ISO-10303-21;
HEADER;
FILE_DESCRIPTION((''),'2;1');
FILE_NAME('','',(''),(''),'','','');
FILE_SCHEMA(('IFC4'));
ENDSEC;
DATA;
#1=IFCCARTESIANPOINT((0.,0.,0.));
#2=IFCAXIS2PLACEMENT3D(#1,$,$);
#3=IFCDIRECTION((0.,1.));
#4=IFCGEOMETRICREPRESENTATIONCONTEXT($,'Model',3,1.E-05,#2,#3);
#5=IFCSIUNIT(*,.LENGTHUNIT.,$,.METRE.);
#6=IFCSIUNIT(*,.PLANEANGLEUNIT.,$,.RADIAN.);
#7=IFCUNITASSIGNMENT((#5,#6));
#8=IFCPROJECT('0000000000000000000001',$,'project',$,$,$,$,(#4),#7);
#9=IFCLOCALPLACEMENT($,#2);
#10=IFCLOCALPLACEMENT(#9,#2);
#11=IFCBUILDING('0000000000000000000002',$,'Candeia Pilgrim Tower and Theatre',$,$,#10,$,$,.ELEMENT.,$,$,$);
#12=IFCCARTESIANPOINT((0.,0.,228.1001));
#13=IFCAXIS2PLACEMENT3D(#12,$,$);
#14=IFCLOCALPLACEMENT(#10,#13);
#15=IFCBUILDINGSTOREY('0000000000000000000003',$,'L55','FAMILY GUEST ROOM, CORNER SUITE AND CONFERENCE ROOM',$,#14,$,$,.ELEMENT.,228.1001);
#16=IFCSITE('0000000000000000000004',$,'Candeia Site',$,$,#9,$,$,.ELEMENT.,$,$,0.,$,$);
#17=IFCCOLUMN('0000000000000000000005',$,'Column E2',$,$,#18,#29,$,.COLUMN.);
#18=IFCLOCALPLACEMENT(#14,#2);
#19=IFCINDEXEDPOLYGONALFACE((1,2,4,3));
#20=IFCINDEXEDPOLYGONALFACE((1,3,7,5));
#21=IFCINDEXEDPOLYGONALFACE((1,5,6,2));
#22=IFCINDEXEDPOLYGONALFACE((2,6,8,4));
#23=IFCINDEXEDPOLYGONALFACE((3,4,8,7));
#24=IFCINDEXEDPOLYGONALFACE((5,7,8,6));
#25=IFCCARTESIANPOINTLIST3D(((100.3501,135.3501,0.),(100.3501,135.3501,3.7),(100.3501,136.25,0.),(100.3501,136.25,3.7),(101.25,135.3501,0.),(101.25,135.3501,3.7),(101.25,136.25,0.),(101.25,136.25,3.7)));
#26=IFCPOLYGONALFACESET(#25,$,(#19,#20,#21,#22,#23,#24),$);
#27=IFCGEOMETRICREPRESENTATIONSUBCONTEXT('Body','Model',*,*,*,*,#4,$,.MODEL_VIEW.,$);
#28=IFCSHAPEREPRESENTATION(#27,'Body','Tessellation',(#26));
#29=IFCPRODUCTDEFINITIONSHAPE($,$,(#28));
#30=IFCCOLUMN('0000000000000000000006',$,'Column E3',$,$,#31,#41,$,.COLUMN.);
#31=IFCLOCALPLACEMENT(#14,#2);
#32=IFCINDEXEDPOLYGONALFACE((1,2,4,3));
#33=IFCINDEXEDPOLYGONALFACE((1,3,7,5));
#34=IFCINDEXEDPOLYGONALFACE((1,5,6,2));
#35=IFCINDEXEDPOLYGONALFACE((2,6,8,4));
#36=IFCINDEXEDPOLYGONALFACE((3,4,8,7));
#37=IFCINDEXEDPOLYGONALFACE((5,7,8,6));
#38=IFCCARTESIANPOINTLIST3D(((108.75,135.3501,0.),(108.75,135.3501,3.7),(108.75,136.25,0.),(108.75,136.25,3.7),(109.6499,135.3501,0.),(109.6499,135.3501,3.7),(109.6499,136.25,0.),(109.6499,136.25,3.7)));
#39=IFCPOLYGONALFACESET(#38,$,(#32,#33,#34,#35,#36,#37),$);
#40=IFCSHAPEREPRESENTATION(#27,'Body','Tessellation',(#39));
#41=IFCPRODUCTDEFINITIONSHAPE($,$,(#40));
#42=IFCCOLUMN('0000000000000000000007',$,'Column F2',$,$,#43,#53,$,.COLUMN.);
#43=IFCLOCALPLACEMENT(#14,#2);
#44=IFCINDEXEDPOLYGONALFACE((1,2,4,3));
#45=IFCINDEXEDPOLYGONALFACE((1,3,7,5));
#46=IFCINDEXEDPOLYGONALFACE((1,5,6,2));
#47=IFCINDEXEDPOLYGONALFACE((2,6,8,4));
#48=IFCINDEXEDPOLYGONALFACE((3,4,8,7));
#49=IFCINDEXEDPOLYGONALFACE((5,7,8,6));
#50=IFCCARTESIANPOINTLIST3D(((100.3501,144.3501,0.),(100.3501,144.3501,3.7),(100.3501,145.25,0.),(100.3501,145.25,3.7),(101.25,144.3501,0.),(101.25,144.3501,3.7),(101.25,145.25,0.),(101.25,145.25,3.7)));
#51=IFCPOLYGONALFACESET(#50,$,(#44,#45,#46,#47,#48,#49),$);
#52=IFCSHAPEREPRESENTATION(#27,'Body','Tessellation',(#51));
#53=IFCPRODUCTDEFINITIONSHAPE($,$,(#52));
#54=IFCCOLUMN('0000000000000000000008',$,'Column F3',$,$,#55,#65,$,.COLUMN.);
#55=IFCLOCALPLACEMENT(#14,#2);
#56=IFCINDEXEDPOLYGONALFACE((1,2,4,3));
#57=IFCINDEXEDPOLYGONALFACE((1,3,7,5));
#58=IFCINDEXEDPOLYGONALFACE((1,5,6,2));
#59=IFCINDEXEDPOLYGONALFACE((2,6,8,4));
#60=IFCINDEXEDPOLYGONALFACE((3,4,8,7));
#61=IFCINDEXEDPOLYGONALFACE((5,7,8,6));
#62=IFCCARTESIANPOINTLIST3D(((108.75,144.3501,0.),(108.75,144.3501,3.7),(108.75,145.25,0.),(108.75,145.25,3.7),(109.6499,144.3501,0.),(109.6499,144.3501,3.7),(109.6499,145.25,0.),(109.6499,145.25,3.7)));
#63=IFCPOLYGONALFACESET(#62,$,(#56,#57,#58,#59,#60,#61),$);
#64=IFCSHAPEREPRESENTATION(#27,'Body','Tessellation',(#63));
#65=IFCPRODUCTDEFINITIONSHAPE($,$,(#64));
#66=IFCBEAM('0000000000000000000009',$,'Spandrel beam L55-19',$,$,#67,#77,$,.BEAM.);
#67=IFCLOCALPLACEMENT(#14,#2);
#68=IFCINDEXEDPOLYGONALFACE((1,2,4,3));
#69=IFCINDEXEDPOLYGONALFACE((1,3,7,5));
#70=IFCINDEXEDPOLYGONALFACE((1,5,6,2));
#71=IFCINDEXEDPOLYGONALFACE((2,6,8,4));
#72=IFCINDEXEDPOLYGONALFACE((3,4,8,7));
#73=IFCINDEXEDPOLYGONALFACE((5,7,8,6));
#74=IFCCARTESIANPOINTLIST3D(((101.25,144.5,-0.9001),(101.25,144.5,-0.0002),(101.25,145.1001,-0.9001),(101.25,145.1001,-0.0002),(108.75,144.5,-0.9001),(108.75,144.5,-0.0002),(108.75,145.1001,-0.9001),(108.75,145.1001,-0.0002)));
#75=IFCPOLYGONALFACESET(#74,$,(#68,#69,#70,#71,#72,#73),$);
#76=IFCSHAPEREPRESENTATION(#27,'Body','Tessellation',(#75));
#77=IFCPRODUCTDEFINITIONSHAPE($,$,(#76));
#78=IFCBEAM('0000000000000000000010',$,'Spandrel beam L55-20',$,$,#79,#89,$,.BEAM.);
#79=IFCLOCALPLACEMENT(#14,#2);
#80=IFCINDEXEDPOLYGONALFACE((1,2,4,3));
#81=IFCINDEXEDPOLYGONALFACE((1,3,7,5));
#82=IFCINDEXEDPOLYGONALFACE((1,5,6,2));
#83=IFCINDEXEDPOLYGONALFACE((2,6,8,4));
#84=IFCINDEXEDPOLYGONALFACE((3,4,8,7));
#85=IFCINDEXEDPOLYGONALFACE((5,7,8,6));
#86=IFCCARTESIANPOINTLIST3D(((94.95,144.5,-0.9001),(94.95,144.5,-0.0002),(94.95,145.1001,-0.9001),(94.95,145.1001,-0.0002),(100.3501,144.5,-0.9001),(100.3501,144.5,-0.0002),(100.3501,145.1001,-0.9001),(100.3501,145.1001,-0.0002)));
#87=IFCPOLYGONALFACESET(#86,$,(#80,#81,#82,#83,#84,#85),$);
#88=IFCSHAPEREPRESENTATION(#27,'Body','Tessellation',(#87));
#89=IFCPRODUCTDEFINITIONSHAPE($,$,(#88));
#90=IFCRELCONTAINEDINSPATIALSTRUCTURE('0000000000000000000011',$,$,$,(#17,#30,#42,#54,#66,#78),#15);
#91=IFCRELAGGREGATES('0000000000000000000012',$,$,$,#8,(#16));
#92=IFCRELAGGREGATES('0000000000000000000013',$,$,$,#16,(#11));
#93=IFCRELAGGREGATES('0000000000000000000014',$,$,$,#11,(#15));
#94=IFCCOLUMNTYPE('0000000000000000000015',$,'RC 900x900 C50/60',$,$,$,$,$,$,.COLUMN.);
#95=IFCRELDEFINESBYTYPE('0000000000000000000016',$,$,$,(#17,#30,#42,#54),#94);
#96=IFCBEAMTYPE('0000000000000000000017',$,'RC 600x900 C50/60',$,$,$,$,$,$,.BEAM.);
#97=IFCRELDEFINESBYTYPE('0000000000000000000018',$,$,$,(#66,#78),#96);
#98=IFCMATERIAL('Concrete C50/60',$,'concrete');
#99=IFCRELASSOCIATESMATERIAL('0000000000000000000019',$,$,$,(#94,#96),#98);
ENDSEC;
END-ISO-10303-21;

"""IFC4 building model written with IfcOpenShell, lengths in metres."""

from ifc_helpers import new_model, si_unit, direction, frame, origin, origin_2d, place, context, subcontext, project, spatial, rectangle, extrude, material, material_profile, profile_set, type_object, element, save


model = new_model("IFC4")

# Units and contexts
model_context = context("Model", 3, precision=1e-05, world=origin(), true_north=direction((0.0, 1.0)))
body_context = subcontext(model_context, "Body", "Model", "MODEL_VIEW")
ifc_project = project(units=[si_unit("LENGTHUNIT", "METRE"), si_unit("PLANEANGLEUNIT", "RADIAN")], contexts=[model_context])

# Site, building, storey
site_placement = place(None, origin())
site = spatial("IfcSite", under=ifc_project, at=site_placement, Name="Candeia Site", CompositionType="ELEMENT", RefElevation=0.0)
building_placement = place(site_placement, origin())
building = spatial("IfcBuilding", under=site, at=building_placement, Name="Candeia Pilgrim Tower and Theatre", CompositionType="ELEMENT")
storey_placement = place(building_placement, frame((0.0, 0.0, 228.1001)))
storey = spatial("IfcBuildingStorey", under=building, at=storey_placement, Name="L55", Description="FAMILY GUEST ROOM, CORNER SUITE AND CONFERENCE ROOM", CompositionType="ELEMENT", Elevation=228.1001)

# Columns
ifc_material_1 = material(Name="Concrete C50/60", Category="concrete")
ifc_material_profile_1 = material_profile(ifc_material_1, rectangle(XDim=0.8999, YDim=0.8999, at=origin_2d()))
ifc_profile_set_1 = profile_set([ifc_material_profile_1], Name="Concrete C50/60")
column_type = type_object("IfcColumnType", Name="RC 900x900 C50/60", PredefinedType="COLUMN", material=ifc_profile_set_1)
for number, where, z_axis, x_axis, name in (
    (1, (100.8, 135.8, 0.0), (0.0, 0.0, 1.0), (1.0, 0.0, 0.0), "Column E2"),
    (2, (109.2, 135.8, 0.0), (0.0, 0.0, 1.0), (1.0, 0.0, 0.0), "Column E3"),
    (3, (100.8, 144.8, 0.0), (0.0, 0.0, 1.0), (1.0, 0.0, 0.0), "Column F2"),
    (4, (109.2, 144.8, 0.0), (0.0, 0.0, 1.0), (1.0, 0.0, 0.0), "Column F3"),
):
    element("IfcColumn", number, at=place(storey_placement, frame(where, z_axis=z_axis, x_axis=x_axis)), inside=storey, type_object=column_type, Name=name, PredefinedType="COLUMN", context=body_context, shape_type="SweptSolid", body=[
        extrude(rectangle(XDim=0.8999, YDim=0.8999, at=origin_2d()), origin(), (0.0, 0.0, 1.0), 3.7),
    ])

# Beams
ifc_material_profile_2 = material_profile(ifc_material_1, rectangle(XDim=0.6001, YDim=0.8999, at=origin_2d()))
ifc_profile_set_2 = profile_set([ifc_material_profile_2], Name="Concrete C50/60")
beam_type = type_object("IfcBeamType", Name="RC 600x900 C50/60", PredefinedType="BEAM", material=ifc_profile_set_2)
beam_1_placement = place(storey_placement, frame((108.75, 144.8, -0.4502), z_axis=(-1.0, 0.0, 0.0), x_axis=(0.0, -1.0, 0.0)))
element("IfcBeam", 5, at=beam_1_placement, inside=storey, type_object=beam_type, Name="Spandrel beam L55-19", PredefinedType="BEAM", context=body_context, shape_type="SweptSolid", body=[
    extrude(rectangle(XDim=0.6001, YDim=0.8999, at=origin_2d()), origin(), (0.0, 0.0, 1.0), 7.5),
])
beam_2_placement = place(storey_placement, frame((100.3501, 144.8, -0.4502), z_axis=(-1.0, 0.0, 0.0), x_axis=(0.0, -1.0, 0.0)))
element("IfcBeam", 6, at=beam_2_placement, inside=storey, type_object=beam_type, Name="Spandrel beam L55-20", PredefinedType="BEAM", context=body_context, shape_type="SweptSolid", body=[
    extrude(rectangle(XDim=0.6001, YDim=0.8999, at=origin_2d()), origin(), (0.0, 0.0, 1.0), 5.4001),
])

save(model, "model.ifc")
